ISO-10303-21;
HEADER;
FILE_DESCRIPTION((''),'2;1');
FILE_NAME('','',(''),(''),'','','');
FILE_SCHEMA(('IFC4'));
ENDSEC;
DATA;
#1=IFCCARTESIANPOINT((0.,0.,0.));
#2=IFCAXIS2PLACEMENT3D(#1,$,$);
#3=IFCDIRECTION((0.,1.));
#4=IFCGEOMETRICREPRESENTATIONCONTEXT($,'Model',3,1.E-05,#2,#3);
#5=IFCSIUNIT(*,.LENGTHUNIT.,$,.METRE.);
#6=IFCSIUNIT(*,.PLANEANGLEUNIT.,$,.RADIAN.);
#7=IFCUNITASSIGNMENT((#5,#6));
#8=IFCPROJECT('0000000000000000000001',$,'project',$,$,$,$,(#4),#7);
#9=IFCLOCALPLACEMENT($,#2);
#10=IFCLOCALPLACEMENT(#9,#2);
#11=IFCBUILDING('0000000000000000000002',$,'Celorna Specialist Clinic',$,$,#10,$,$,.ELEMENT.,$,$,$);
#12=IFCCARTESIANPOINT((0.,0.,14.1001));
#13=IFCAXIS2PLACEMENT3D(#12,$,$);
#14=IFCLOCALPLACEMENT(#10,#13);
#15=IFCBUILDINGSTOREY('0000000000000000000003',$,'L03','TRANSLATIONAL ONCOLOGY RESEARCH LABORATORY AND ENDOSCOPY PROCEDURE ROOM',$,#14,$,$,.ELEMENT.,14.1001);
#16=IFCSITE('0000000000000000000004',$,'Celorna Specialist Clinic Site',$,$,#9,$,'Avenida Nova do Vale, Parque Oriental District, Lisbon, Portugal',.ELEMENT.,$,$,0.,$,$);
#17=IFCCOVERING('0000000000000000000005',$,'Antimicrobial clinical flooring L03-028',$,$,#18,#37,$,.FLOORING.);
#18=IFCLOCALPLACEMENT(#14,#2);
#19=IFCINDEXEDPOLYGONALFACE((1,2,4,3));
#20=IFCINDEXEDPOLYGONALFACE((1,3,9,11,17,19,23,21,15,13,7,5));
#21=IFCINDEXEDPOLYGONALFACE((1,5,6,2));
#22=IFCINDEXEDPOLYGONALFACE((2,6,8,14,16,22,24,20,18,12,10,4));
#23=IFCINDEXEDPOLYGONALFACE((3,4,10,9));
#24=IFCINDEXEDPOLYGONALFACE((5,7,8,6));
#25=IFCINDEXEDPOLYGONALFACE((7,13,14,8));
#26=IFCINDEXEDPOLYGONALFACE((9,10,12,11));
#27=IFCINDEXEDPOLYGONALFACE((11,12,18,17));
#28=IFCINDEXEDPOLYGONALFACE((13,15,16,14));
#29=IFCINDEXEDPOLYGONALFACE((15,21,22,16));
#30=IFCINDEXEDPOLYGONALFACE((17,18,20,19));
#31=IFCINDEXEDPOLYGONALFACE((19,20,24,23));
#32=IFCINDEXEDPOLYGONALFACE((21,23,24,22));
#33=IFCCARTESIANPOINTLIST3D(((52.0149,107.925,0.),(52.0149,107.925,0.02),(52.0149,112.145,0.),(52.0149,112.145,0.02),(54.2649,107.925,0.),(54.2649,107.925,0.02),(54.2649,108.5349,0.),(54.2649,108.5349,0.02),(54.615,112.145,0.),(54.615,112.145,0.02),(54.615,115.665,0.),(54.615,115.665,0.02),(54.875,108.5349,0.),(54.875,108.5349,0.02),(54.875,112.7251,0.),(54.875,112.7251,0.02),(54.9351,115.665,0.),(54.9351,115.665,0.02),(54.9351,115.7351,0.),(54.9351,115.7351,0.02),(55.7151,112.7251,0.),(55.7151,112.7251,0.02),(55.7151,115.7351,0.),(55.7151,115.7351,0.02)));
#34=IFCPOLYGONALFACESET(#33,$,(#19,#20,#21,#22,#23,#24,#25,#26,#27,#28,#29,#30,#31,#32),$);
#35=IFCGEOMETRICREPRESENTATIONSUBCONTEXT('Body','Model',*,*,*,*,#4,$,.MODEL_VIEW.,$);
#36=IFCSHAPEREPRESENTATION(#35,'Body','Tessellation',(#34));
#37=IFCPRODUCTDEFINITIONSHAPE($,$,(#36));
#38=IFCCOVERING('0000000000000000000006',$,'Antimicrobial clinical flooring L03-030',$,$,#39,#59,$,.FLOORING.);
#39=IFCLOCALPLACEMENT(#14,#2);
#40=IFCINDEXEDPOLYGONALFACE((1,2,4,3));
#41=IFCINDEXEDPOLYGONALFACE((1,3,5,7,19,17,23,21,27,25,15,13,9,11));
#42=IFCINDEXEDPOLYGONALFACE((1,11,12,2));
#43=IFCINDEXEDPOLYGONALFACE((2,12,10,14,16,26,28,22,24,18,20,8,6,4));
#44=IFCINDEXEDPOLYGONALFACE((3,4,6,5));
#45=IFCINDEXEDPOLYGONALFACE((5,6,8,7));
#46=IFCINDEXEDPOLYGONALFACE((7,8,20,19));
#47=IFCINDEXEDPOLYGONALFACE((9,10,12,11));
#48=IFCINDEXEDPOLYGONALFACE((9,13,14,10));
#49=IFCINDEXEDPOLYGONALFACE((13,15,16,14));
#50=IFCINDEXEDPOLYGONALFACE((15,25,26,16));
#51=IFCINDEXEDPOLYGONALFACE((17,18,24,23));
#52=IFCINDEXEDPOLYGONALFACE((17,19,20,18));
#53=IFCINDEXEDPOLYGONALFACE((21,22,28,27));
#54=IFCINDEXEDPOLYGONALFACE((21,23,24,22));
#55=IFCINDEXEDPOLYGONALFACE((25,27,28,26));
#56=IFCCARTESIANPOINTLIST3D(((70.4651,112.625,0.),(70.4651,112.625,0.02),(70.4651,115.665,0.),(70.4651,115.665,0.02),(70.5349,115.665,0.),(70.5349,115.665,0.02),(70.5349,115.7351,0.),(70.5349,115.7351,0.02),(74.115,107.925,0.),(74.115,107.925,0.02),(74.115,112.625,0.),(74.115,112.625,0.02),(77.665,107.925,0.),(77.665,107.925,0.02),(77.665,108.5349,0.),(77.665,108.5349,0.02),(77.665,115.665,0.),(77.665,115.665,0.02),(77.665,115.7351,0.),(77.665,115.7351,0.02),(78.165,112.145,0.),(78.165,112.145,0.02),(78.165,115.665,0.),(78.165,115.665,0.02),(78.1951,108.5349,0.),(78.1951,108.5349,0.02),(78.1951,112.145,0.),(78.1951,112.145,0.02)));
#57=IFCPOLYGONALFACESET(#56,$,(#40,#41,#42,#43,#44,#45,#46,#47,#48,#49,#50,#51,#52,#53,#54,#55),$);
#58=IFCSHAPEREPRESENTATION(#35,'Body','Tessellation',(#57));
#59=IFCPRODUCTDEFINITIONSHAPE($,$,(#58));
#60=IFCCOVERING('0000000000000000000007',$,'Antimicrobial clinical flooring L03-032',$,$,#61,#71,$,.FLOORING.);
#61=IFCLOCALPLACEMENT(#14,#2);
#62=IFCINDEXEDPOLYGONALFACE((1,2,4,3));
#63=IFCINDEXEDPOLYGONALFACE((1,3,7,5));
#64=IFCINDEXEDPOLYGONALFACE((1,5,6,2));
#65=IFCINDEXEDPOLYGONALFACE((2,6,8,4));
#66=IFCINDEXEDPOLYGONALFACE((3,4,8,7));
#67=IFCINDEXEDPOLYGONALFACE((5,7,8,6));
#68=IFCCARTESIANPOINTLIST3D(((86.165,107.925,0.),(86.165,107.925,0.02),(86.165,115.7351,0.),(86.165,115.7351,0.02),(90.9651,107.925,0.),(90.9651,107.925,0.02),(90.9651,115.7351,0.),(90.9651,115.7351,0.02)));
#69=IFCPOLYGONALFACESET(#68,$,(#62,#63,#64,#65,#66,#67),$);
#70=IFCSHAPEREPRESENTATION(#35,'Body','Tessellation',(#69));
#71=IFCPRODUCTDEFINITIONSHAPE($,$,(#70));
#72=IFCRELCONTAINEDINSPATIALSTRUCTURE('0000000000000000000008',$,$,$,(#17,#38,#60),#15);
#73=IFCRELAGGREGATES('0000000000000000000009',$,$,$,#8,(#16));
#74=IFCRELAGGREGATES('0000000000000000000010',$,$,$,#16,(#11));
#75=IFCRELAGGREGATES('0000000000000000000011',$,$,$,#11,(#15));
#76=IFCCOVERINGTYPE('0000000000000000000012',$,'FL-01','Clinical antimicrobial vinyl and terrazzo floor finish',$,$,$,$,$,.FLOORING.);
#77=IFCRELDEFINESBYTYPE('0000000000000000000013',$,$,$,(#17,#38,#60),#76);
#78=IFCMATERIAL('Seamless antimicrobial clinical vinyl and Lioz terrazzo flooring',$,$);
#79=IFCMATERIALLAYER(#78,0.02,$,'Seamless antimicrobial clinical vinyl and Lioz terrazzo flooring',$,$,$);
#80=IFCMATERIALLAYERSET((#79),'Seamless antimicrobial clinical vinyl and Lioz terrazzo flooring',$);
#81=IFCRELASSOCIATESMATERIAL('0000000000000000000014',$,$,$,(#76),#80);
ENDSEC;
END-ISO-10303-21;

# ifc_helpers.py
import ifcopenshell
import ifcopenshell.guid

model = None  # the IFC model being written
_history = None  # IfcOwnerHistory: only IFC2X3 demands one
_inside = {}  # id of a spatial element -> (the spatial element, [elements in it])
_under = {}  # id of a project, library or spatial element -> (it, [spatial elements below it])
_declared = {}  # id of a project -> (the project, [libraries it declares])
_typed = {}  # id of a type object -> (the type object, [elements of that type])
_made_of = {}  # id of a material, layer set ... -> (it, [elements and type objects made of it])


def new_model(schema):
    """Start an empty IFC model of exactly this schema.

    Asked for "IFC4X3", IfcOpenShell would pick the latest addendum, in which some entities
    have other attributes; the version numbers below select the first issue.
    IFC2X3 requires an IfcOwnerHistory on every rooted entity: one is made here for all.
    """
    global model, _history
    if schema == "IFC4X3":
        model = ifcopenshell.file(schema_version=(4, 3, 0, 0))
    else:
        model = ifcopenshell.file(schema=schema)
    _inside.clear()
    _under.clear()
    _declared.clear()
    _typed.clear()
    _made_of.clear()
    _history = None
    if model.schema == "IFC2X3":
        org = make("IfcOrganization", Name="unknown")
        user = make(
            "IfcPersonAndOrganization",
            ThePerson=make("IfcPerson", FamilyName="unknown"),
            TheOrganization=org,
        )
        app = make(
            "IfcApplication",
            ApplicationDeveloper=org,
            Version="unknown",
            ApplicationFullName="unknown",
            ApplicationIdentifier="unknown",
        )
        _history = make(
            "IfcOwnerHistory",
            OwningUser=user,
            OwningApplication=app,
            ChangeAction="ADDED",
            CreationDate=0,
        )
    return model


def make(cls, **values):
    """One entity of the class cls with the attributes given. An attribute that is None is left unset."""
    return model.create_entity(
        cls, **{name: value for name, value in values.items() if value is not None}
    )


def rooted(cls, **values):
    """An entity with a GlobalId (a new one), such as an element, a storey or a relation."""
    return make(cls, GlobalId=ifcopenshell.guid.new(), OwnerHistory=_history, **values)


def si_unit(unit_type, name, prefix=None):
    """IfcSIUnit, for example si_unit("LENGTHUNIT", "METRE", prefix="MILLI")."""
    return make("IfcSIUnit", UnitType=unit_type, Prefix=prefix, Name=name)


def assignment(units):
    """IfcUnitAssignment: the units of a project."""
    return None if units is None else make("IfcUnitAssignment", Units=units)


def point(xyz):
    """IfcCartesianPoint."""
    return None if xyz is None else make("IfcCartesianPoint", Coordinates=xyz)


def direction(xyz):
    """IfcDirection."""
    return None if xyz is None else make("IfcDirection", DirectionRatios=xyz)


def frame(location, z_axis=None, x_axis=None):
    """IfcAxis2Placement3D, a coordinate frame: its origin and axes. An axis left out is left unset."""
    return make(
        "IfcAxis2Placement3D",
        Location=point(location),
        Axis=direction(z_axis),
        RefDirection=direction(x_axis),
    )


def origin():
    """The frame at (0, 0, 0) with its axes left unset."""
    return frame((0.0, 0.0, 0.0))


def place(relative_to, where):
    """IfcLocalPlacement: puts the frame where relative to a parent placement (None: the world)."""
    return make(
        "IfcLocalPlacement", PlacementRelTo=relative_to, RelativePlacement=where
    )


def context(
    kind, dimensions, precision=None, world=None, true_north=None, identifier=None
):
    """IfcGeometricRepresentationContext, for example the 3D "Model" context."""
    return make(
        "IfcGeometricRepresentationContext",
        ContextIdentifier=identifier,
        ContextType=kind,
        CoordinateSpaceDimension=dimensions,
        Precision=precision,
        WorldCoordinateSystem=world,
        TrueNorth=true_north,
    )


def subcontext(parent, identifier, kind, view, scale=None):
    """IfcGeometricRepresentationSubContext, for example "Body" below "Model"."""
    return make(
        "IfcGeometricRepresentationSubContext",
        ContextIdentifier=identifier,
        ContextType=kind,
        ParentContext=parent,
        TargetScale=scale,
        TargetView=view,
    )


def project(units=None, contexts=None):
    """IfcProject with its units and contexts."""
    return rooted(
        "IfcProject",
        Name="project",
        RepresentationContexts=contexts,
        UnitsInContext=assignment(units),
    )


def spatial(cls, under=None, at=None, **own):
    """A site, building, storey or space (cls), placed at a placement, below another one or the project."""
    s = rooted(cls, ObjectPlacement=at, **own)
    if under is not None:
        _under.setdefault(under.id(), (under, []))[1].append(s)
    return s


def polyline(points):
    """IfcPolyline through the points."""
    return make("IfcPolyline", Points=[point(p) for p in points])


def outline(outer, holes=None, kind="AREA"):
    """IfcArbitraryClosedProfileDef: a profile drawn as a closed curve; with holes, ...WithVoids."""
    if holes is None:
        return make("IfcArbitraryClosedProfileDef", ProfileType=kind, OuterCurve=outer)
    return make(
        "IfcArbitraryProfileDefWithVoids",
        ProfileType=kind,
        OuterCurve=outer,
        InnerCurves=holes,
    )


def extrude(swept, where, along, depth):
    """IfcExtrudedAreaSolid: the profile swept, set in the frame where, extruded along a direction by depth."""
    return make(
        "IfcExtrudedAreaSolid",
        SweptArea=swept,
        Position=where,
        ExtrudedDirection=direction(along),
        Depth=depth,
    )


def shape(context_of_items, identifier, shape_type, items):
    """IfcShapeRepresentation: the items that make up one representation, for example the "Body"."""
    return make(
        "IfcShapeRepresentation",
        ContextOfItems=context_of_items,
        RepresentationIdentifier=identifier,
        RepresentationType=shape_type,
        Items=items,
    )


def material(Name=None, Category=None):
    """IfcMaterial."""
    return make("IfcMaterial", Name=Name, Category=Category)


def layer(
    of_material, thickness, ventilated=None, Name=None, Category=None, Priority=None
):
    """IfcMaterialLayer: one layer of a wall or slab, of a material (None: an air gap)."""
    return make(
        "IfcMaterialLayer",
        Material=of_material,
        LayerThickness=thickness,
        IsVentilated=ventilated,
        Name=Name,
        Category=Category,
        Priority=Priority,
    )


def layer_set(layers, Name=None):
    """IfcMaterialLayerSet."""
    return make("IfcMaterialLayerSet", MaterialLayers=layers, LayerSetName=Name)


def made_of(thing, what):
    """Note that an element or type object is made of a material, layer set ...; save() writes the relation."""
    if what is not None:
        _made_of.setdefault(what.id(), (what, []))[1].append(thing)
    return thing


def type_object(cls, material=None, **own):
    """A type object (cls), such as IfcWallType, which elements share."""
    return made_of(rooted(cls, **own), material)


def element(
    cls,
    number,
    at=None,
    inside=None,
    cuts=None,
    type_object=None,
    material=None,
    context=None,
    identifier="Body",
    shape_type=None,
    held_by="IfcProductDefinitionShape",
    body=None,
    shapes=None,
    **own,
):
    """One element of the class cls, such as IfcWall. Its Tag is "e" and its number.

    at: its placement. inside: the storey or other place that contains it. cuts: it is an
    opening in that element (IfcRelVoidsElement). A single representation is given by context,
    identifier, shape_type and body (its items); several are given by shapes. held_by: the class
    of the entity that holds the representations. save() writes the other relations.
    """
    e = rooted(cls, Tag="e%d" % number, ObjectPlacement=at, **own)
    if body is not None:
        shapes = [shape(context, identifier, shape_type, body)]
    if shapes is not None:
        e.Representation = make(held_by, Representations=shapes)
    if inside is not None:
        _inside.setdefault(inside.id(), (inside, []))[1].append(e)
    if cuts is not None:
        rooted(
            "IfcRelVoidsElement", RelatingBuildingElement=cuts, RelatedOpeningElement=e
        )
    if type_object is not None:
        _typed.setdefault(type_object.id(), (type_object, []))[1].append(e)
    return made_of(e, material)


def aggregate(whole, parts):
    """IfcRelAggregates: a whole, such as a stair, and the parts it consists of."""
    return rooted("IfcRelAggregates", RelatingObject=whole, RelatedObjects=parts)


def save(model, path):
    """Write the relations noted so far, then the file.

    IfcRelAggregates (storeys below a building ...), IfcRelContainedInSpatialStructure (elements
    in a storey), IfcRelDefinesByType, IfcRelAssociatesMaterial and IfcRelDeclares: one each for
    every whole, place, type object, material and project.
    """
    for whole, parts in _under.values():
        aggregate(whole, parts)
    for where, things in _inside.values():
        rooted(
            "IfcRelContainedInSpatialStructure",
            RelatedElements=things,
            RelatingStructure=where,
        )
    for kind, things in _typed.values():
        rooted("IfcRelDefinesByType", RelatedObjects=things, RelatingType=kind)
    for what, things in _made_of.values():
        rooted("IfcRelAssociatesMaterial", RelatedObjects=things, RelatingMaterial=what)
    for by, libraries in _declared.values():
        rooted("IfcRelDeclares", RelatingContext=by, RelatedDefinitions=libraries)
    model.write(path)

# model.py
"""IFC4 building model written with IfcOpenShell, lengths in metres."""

from ifc_helpers import new_model, si_unit, direction, frame, origin, place, context, subcontext, project, spatial, polyline, outline, extrude, material, layer, layer_set, type_object, element, save


model = new_model("IFC4")

# Units and contexts
model_context = context("Model", 3, precision=1e-05, world=origin(), true_north=direction((0.0, 1.0)))
body_context = subcontext(model_context, "Body", "Model", "MODEL_VIEW")
ifc_project = project(units=[si_unit("LENGTHUNIT", "METRE"), si_unit("PLANEANGLEUNIT", "RADIAN")], contexts=[model_context])

# Site, building, storey
site_placement = place(None, origin())
site = spatial("IfcSite", under=ifc_project, at=site_placement, Name="Celorna Specialist Clinic Site", LongName="Avenida Nova do Vale, Parque Oriental District, Lisbon, Portugal", CompositionType="ELEMENT", RefElevation=0.0)
building_placement = place(site_placement, origin())
building = spatial("IfcBuilding", under=site, at=building_placement, Name="Celorna Specialist Clinic", CompositionType="ELEMENT")
storey_placement = place(building_placement, frame((0.0, 0.0, 14.1001)))
storey = spatial("IfcBuildingStorey", under=building, at=storey_placement, Name="L03", Description="TRANSLATIONAL ONCOLOGY RESEARCH LABORATORY AND ENDOSCOPY PROCEDURE ROOM", CompositionType="ELEMENT", Elevation=14.1001)

# Coverings
ifc_material_1 = material(Name="Seamless antimicrobial clinical vinyl and Lioz terrazzo flooring")
ifc_layer_1 = layer(ifc_material_1, 0.02, Name="Seamless antimicrobial clinical vinyl and Lioz terrazzo flooring")
ifc_layer_set_1 = layer_set([ifc_layer_1], Name="Seamless antimicrobial clinical vinyl and Lioz terrazzo flooring")
covering_type = type_object("IfcCoveringType", Name="FL-01", Description="Clinical antimicrobial vinyl and terrazzo floor finish", PredefinedType="FLOORING", material=ifc_layer_set_1)
covering_1_placement = place(storey_placement, origin())
element("IfcCovering", 1, at=covering_1_placement, inside=storey, type_object=covering_type, Name="Antimicrobial clinical flooring L03-028", PredefinedType="FLOORING", context=body_context, shape_type="SweptSolid", body=[
    extrude(outline(polyline([(54.2649, 107.925), (52.0149, 107.925), (52.0149, 112.145), (54.615, 112.145), (54.615, 115.665), (54.9351, 115.665), (54.9351, 115.7351), (55.7151, 115.7351), (55.7151, 112.7251), (54.875, 112.7251), (54.875, 108.5349), (54.2649, 108.5349), (54.2649, 107.925)])), origin(), (0.0, 0.0, 1.0), 0.02),
])
covering_2_placement = place(storey_placement, origin())
element("IfcCovering", 2, at=covering_2_placement, inside=storey, type_object=covering_type, Name="Antimicrobial clinical flooring L03-030", PredefinedType="FLOORING", context=body_context, shape_type="SweptSolid", body=[
    extrude(outline(polyline([(70.4651, 115.665), (70.5349, 115.665), (70.5349, 115.7351), (77.665, 115.7351), (77.665, 115.665), (78.165, 115.665), (78.165, 112.145), (78.1951, 112.145), (78.1951, 108.5349), (77.665, 108.5349), (77.665, 107.925), (74.115, 107.925), (74.115, 112.625), (70.4651, 112.625), (70.4651, 115.665)])), origin(), (0.0, 0.0, 1.0), 0.02),
])
covering_3_placement = place(storey_placement, origin())
element("IfcCovering", 3, at=covering_3_placement, inside=storey, type_object=covering_type, Name="Antimicrobial clinical flooring L03-032", PredefinedType="FLOORING", context=body_context, shape_type="SweptSolid", body=[
    extrude(outline(polyline([(86.165, 115.7351), (90.9651, 115.7351), (90.9651, 107.925), (86.165, 107.925), (86.165, 115.7351)])), origin(), (0.0, 0.0, 1.0), 0.02),
])

save(model, "model.ifc")
